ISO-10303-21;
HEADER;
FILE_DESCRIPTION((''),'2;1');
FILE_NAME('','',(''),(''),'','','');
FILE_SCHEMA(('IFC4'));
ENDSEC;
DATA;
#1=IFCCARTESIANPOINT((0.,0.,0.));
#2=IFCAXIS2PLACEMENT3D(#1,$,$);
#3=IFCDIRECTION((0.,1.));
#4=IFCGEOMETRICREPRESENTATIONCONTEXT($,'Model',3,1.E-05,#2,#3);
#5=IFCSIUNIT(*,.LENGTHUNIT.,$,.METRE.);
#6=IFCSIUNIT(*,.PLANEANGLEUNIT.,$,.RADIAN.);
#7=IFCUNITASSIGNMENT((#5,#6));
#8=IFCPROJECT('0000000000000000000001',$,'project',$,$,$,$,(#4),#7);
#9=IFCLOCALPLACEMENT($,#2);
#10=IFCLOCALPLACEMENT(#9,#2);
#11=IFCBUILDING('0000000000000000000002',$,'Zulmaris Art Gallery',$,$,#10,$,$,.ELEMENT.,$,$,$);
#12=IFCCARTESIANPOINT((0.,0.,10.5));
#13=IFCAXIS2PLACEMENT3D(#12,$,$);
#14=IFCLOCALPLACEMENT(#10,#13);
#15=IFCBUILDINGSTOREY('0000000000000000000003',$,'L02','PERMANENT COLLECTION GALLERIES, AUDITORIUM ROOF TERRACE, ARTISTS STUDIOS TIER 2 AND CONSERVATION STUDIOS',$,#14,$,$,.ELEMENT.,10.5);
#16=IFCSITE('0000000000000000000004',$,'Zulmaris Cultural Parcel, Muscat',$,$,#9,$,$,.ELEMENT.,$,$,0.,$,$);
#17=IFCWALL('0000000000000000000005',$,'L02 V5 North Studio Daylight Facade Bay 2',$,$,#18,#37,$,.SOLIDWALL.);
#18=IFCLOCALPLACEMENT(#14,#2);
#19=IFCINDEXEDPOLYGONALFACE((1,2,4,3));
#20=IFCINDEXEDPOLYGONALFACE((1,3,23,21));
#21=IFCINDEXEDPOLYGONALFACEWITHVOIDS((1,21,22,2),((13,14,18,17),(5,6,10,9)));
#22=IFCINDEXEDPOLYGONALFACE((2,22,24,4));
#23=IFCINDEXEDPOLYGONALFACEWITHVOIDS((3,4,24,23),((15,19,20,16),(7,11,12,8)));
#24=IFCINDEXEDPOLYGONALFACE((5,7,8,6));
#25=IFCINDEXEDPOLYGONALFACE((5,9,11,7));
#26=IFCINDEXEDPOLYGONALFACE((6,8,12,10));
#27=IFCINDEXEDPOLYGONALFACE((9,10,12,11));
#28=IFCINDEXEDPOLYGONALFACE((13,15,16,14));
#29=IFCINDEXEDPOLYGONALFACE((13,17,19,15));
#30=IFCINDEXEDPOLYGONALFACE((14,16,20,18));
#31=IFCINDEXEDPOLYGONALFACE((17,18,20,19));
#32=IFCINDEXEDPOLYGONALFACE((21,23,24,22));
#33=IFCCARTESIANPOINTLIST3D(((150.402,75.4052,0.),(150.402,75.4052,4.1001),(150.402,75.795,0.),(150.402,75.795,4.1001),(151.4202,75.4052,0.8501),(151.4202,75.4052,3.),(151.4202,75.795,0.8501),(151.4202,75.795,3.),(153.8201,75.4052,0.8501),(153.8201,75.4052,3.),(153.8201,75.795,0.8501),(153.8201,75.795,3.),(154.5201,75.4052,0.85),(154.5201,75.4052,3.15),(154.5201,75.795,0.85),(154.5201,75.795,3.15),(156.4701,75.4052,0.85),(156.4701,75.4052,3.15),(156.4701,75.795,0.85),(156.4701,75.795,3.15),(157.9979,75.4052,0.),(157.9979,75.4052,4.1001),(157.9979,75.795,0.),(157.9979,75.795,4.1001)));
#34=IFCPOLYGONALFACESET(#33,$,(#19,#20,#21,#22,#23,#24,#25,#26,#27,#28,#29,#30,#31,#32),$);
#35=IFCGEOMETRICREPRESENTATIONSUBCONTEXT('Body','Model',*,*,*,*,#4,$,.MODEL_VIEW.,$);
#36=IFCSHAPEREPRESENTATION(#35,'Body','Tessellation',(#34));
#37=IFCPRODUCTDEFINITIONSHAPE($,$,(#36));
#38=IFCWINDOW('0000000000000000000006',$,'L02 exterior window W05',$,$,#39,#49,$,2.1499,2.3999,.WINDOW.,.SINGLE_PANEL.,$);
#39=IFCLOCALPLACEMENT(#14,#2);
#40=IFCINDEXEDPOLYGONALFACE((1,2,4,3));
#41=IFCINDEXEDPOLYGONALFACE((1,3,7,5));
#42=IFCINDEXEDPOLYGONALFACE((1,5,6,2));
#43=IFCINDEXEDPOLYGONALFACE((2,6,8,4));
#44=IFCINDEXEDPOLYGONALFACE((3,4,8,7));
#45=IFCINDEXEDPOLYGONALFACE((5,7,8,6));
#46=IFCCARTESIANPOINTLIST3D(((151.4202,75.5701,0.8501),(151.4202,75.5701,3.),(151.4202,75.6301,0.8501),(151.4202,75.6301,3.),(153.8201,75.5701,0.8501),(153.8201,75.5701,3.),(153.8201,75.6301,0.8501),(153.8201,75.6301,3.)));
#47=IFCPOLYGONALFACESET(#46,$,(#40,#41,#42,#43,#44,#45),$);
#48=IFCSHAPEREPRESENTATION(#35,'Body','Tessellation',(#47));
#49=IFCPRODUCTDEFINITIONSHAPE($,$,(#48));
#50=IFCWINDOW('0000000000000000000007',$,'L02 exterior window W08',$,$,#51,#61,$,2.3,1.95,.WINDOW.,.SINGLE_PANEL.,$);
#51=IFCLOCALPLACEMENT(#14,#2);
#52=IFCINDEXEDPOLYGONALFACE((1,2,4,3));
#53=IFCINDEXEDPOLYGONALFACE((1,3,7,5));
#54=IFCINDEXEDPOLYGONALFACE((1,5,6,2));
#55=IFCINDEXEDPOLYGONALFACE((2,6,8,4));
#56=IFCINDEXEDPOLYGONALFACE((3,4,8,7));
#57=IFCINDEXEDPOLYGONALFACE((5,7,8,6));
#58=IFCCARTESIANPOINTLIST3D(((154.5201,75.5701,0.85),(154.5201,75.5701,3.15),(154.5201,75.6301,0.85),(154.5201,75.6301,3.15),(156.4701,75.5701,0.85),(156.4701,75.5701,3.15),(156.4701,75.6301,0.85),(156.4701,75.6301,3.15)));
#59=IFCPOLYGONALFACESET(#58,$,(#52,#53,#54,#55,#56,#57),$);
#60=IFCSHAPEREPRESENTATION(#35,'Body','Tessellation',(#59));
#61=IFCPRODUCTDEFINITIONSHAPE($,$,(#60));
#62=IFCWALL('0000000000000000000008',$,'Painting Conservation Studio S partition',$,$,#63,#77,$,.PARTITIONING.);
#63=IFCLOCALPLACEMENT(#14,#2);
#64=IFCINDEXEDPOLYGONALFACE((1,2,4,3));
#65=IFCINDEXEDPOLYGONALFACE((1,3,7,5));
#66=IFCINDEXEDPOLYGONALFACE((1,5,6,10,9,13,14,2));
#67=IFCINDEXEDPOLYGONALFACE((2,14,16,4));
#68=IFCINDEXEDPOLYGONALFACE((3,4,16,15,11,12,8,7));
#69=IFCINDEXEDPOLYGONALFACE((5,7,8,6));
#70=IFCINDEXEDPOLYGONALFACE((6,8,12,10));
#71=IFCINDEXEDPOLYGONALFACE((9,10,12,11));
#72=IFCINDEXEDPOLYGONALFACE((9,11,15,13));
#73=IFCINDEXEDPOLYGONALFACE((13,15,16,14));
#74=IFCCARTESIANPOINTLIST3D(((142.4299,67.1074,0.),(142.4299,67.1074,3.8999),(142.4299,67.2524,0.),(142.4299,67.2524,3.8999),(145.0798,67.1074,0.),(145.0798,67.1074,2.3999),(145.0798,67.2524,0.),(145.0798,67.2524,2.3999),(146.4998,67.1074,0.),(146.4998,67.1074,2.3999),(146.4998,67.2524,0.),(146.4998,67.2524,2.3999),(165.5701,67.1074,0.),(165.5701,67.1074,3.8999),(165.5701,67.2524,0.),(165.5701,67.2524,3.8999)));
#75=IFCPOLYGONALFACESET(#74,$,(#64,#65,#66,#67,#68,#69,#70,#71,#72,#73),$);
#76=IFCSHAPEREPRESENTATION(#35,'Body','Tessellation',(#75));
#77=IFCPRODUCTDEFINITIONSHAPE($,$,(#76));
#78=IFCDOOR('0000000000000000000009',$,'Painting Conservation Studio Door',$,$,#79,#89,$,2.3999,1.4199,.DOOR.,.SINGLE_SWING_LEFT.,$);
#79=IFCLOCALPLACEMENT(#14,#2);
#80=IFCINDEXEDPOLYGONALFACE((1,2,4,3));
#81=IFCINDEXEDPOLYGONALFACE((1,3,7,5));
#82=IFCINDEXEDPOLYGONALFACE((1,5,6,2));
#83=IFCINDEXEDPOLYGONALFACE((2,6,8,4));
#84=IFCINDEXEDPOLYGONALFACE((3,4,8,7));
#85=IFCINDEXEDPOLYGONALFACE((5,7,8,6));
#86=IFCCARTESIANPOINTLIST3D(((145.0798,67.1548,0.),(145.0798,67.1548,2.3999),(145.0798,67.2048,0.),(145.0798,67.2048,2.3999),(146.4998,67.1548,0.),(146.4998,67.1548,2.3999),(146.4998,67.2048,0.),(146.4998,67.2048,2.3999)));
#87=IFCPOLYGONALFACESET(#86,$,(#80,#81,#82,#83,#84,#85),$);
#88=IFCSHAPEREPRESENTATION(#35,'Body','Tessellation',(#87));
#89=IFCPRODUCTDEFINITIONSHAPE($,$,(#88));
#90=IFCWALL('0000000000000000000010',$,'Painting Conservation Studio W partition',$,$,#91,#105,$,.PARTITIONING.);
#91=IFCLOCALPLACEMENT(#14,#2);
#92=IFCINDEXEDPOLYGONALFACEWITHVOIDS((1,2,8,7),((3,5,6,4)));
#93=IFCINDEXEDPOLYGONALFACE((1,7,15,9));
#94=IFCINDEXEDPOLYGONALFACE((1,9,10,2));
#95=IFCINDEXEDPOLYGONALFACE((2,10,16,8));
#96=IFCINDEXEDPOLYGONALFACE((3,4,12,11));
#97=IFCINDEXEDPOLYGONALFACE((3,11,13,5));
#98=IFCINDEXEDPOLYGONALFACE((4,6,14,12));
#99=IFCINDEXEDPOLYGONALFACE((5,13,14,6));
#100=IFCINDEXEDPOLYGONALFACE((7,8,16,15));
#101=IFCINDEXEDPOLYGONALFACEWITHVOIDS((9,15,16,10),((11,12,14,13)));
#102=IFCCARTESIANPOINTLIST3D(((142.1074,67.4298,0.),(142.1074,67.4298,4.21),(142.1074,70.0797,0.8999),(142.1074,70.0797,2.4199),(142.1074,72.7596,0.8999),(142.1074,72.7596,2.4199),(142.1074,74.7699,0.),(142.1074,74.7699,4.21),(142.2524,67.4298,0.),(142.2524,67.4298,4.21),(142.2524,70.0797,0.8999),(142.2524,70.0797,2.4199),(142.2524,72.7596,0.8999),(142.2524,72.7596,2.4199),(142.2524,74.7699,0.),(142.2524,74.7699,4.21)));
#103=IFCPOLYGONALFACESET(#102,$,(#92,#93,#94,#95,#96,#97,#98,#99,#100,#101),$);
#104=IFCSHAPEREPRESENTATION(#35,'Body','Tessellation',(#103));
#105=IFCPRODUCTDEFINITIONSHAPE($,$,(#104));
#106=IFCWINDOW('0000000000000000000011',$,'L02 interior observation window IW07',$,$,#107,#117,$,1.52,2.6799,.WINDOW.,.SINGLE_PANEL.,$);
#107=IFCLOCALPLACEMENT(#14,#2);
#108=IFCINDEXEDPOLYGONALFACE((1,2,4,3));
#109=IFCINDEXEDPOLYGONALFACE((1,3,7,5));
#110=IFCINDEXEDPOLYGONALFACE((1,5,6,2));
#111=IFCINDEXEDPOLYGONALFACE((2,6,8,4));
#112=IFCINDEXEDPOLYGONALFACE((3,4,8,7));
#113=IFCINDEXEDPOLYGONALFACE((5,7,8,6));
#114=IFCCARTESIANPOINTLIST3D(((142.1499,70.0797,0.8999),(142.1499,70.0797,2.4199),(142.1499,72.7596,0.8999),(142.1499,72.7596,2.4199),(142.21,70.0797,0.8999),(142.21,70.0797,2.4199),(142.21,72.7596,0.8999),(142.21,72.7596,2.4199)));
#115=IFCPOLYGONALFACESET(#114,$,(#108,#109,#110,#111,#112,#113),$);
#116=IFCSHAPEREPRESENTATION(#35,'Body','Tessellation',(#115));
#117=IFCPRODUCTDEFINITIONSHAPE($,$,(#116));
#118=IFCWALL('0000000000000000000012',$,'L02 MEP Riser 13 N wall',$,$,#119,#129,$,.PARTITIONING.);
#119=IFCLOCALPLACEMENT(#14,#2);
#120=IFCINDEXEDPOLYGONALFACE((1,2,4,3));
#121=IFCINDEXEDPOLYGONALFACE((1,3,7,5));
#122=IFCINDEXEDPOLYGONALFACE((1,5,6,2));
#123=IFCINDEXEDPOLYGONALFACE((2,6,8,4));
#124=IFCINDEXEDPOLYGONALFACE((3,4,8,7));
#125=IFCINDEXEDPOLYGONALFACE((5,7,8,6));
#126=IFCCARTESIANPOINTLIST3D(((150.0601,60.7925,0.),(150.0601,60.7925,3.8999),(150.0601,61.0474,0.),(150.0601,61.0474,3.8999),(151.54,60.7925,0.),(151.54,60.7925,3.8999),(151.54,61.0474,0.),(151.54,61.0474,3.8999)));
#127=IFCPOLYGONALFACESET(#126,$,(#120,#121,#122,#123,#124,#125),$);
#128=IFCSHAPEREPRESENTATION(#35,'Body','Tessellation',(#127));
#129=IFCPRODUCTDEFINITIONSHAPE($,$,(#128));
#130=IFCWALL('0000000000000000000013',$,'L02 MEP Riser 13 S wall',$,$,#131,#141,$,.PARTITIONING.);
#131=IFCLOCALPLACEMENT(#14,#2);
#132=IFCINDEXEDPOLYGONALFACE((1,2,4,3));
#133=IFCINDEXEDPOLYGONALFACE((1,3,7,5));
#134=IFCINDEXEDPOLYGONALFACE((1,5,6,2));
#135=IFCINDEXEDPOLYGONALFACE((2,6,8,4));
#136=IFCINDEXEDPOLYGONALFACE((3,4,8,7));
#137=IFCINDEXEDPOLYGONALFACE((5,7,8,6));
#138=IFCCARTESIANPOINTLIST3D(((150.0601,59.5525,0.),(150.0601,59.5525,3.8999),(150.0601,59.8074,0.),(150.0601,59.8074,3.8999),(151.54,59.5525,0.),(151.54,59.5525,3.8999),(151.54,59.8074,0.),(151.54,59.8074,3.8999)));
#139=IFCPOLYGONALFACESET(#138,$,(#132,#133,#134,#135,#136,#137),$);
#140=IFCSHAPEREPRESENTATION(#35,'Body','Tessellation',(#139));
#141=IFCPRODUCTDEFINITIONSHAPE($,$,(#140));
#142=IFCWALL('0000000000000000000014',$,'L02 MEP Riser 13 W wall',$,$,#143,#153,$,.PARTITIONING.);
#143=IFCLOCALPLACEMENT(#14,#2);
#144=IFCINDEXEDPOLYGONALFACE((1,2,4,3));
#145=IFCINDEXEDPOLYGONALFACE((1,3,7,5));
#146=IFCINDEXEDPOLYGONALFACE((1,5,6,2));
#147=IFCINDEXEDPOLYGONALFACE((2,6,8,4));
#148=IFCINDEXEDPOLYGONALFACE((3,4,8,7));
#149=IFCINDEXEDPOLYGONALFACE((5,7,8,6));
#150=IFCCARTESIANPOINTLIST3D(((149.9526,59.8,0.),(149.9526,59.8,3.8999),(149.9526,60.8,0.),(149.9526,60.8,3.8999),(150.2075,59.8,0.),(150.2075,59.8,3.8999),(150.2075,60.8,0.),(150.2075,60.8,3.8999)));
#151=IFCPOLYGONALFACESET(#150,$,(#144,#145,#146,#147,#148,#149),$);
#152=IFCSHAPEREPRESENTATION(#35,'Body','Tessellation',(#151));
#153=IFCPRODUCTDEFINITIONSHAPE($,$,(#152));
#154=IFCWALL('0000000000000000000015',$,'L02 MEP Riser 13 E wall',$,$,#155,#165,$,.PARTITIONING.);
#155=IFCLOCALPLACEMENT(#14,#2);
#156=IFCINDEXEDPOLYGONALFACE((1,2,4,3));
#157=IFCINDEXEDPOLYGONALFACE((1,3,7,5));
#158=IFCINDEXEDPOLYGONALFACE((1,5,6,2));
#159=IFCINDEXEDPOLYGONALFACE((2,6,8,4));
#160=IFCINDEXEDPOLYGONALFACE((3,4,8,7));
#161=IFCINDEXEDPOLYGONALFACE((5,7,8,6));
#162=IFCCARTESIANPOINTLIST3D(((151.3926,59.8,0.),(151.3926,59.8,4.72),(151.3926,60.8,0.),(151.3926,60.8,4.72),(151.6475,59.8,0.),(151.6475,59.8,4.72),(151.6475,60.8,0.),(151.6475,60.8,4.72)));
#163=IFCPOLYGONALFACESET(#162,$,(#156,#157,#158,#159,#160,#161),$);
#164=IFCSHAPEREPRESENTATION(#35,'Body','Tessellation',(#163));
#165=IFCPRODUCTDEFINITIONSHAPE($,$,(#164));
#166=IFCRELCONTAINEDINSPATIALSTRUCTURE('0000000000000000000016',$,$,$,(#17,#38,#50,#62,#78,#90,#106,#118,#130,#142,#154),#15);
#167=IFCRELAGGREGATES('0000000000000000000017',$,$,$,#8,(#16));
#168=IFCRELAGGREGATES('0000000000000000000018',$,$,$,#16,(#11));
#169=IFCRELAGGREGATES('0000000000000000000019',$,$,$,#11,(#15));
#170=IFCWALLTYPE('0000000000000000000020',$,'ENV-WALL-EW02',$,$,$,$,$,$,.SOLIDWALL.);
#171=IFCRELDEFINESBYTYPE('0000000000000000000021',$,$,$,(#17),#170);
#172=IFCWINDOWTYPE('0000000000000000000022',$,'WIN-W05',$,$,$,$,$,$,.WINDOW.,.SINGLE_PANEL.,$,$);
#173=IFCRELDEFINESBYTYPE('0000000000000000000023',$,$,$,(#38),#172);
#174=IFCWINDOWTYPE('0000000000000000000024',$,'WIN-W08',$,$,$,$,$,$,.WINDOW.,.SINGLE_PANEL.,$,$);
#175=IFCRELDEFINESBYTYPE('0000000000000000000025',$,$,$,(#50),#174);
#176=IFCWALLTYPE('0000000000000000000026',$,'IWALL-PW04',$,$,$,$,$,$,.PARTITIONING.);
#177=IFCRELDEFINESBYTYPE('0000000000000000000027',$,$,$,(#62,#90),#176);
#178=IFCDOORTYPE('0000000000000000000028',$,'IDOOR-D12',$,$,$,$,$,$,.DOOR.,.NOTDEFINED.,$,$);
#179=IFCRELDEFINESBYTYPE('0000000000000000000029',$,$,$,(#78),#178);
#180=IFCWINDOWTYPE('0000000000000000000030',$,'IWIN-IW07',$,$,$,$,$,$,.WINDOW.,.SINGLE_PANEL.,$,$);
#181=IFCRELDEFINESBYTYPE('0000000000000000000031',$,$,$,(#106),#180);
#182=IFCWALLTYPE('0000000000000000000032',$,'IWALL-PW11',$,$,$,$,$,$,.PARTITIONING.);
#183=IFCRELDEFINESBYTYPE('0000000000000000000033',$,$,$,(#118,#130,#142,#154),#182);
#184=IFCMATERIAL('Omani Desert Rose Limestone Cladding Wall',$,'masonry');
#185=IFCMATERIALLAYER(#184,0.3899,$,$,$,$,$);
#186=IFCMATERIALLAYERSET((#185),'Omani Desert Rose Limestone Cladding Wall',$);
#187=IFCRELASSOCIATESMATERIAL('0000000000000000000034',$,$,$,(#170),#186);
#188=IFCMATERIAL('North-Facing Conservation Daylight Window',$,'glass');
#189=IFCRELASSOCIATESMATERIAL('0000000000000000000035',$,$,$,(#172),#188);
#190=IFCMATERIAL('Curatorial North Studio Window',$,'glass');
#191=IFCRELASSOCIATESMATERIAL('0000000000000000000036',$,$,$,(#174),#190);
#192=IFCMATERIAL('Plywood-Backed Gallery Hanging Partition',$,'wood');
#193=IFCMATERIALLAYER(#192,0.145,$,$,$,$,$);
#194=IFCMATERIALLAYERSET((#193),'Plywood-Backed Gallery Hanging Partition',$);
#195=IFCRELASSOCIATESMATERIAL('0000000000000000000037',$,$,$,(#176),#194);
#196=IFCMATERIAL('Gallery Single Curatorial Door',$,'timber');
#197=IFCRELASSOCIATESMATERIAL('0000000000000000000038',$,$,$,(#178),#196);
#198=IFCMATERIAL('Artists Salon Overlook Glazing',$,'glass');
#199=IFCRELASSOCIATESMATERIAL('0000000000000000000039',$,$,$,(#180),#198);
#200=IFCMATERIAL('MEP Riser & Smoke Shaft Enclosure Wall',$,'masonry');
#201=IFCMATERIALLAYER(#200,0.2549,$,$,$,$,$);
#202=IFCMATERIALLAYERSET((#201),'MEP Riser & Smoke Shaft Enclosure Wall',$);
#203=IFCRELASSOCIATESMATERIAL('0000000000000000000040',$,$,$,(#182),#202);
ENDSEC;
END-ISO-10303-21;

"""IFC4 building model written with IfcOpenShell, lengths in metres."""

from ifc_helpers import new_model, si_unit, direction, frame, frame_2d, origin, place, context, subcontext, project, spatial, rectangle, extrude, material, layer, layer_set, type_object, element, fill, save


model = new_model("IFC4")

# Units and contexts
model_context = context("Model", 3, precision=1e-05, world=origin(), true_north=direction((0.0, 1.0)))
body_context = subcontext(model_context, "Body", "Model", "MODEL_VIEW")
ifc_project = project(units=[si_unit("LENGTHUNIT", "METRE"), si_unit("PLANEANGLEUNIT", "RADIAN")], contexts=[model_context])

# Site, building, storey
site_placement = place(None, origin())
site = spatial("IfcSite", under=ifc_project, at=site_placement, Name="Zulmaris Cultural Parcel, Muscat", CompositionType="ELEMENT", RefElevation=0.0)
building_placement = place(site_placement, origin())
building = spatial("IfcBuilding", under=site, at=building_placement, Name="Zulmaris Art Gallery", CompositionType="ELEMENT")
storey_placement = place(building_placement, frame((0.0, 0.0, 10.5)))
storey = spatial("IfcBuildingStorey", under=building, at=storey_placement, Name="L02", Description="PERMANENT COLLECTION GALLERIES, AUDITORIUM ROOF TERRACE, ARTISTS STUDIOS TIER 2 AND CONSERVATION STUDIOS", CompositionType="ELEMENT", Elevation=10.5)

# Wall, openings, windows
ifc_material_1 = material(Name="Omani Desert Rose Limestone Cladding Wall", Category="masonry")
ifc_layer_1 = layer(ifc_material_1, 0.3899)
ifc_layer_set_1 = layer_set([ifc_layer_1], Name="Omani Desert Rose Limestone Cladding Wall")
wall_type_1 = type_object("IfcWallType", Name="ENV-WALL-EW02", PredefinedType="SOLIDWALL", material=ifc_layer_set_1)
wall_1_placement = place(storey_placement, frame((150.4021, 75.6001, 0.0), z_axis=(0.0, 0.0, 1.0), x_axis=(1.0, 0.0, 0.0)))
wall_1 = element("IfcWall", 1, at=wall_1_placement, inside=storey, type_object=wall_type_1, Name="L02 V5 North Studio Daylight Facade Bay 2", PredefinedType="SOLIDWALL", context=body_context, shape_type="SweptSolid", body=[
    extrude(rectangle(XDim=7.5959, YDim=0.3899, at=frame_2d((3.7979, 0.0))), origin(), (0.0, 0.0, 1.0), 4.1001),
])
opening_1_placement = place(wall_1_placement, frame((1.0181, 0.0, 0.8501)))
opening_1 = element("IfcOpeningElement", 2, at=opening_1_placement, cuts=wall_1, PredefinedType="OPENING", context=body_context, shape_type="SweptSolid", body=[
    extrude(rectangle(XDim=2.3999, YDim=2.1499, at=frame_2d((1.2, 1.075))), frame((0.0, 0.2048, 0.0), z_axis=(0.0, -1.0, 0.0), x_axis=(1.0, 0.0, 0.0)), (0.0, 0.0, 1.0), 0.4099),
])
opening_2_placement = place(wall_1_placement, frame((4.1179, 0.0, 0.8501)))
opening_2 = element("IfcOpeningElement", 3, at=opening_2_placement, cuts=wall_1, PredefinedType="OPENING", context=body_context, shape_type="SweptSolid", body=[
    extrude(rectangle(XDim=1.95, YDim=2.3, at=frame_2d((0.9751, 1.1499))), frame((0.0, 0.2048, 0.0), z_axis=(0.0, -1.0, 0.0), x_axis=(1.0, 0.0, 0.0)), (0.0, 0.0, 1.0), 0.4099),
])
ifc_material_2 = material(Name="North-Facing Conservation Daylight Window", Category="glass")
window_type_1 = type_object("IfcWindowType", Name="WIN-W05", PartitioningType="SINGLE_PANEL", PredefinedType="WINDOW", material=ifc_material_2)
window_1_placement = place(opening_1_placement, origin())
window_1 = element("IfcWindow", 4, at=window_1_placement, inside=storey, type_object=window_type_1, Name="L02 exterior window W05", OverallHeight=2.1499, OverallWidth=2.3999, PartitioningType="SINGLE_PANEL", PredefinedType="WINDOW", context=body_context, shape_type="SweptSolid", body=[
    extrude(rectangle(XDim=2.3999, YDim=2.1499, at=frame_2d((1.2, 1.075))), frame((0.0, 0.03, 0.0), z_axis=(0.0, -1.0, 0.0), x_axis=(1.0, 0.0, 0.0)), (0.0, 0.0, 1.0), 0.0601),
])
fill(opening_1, window_1)
ifc_material_3 = material(Name="Curatorial North Studio Window", Category="glass")
window_type_2 = type_object("IfcWindowType", Name="WIN-W08", PartitioningType="SINGLE_PANEL", PredefinedType="WINDOW", material=ifc_material_3)
window_2_placement = place(opening_2_placement, origin())
window_2 = element("IfcWindow", 5, at=window_2_placement, inside=storey, type_object=window_type_2, Name="L02 exterior window W08", OverallHeight=2.3, OverallWidth=1.95, PartitioningType="SINGLE_PANEL", PredefinedType="WINDOW", context=body_context, shape_type="SweptSolid", body=[
    extrude(rectangle(XDim=1.95, YDim=2.3, at=frame_2d((0.9751, 1.1499))), frame((0.0, 0.03, 0.0), z_axis=(0.0, -1.0, 0.0), x_axis=(1.0, 0.0, 0.0)), (0.0, 0.0, 1.0), 0.0601),
])
fill(opening_2, window_2)

# Wall, opening, door
ifc_material_4 = material(Name="Plywood-Backed Gallery Hanging Partition", Category="wood")
ifc_layer_2 = layer(ifc_material_4, 0.145)
ifc_layer_set_2 = layer_set([ifc_layer_2], Name="Plywood-Backed Gallery Hanging Partition")
wall_type_2 = type_object("IfcWallType", Name="IWALL-PW04", PredefinedType="PARTITIONING", material=ifc_layer_set_2)
wall_2_placement = place(storey_placement, frame((142.4299, 67.1799, 0.0), z_axis=(0.0, 0.0, 1.0), x_axis=(1.0, 0.0, 0.0)))
wall_2 = element("IfcWall", 6, at=wall_2_placement, inside=storey, type_object=wall_type_2, Name="Painting Conservation Studio S partition", PredefinedType="PARTITIONING", context=body_context, shape_type="SweptSolid", body=[
    extrude(rectangle(XDim=23.1401, YDim=0.145, at=frame_2d((11.5701, 0.0))), origin(), (0.0, 0.0, 1.0), 3.8999),
])
opening_3_placement = place(wall_2_placement, frame((2.6499, 0.0, 0.0)))
opening_3 = element("IfcOpeningElement", 7, at=opening_3_placement, cuts=wall_2, PredefinedType="OPENING", context=body_context, shape_type="SweptSolid", body=[
    extrude(rectangle(XDim=1.4199, YDim=2.3999, at=frame_2d((0.71, 1.2))), frame((0.0, 0.0825, 0.0), z_axis=(0.0, -1.0, 0.0), x_axis=(1.0, 0.0, 0.0)), (0.0, 0.0, 1.0), 0.165),
])
ifc_material_5 = material(Name="Gallery Single Curatorial Door", Category="timber")
door_type = type_object("IfcDoorType", Name="IDOOR-D12", OperationType="NOTDEFINED", PredefinedType="DOOR", material=ifc_material_5)
door_placement = place(opening_3_placement, origin())
door = element("IfcDoor", 8, at=door_placement, inside=storey, type_object=door_type, Name="Painting Conservation Studio Door", OperationType="SINGLE_SWING_LEFT", OverallHeight=2.3999, OverallWidth=1.4199, PredefinedType="DOOR", context=body_context, shape_type="SweptSolid", body=[
    extrude(rectangle(XDim=1.4199, YDim=2.3999, at=frame_2d((0.71, 1.2))), frame((0.0, 0.0249, 0.0), z_axis=(0.0, -1.0, 0.0), x_axis=(1.0, 0.0, 0.0)), (0.0, 0.0, 1.0), 0.05),
])
fill(opening_3, door)

# Wall, opening, window
wall_3_placement = place(storey_placement, frame((142.1799, 67.4299, 0.0), z_axis=(0.0, 0.0, 1.0), x_axis=(0.0, 1.0, 0.0)))
wall_3 = element("IfcWall", 9, at=wall_3_placement, inside=storey, type_object=wall_type_2, Name="Painting Conservation Studio W partition", PredefinedType="PARTITIONING", context=body_context, shape_type="SweptSolid", body=[
    extrude(rectangle(XDim=7.3401, YDim=0.145, at=frame_2d((3.6699, 0.0))), origin(), (0.0, 0.0, 1.0), 4.21),
])
opening_4_placement = place(wall_3_placement, frame((2.6499, 0.0, 0.8999)))
opening_4 = element("IfcOpeningElement", 10, at=opening_4_placement, cuts=wall_3, PredefinedType="OPENING", context=body_context, shape_type="SweptSolid", body=[
    extrude(rectangle(XDim=2.6799, YDim=1.52, at=frame_2d((1.3398, 0.76))), frame((0.0, 0.0825, 0.0), z_axis=(0.0, -1.0, 0.0), x_axis=(1.0, 0.0, 0.0)), (0.0, 0.0, 1.0), 0.165),
])
ifc_material_6 = material(Name="Artists Salon Overlook Glazing", Category="glass")
window_type_3 = type_object("IfcWindowType", Name="IWIN-IW07", PartitioningType="SINGLE_PANEL", PredefinedType="WINDOW", material=ifc_material_6)
window_3_placement = place(opening_4_placement, origin())
window_3 = element("IfcWindow", 11, at=window_3_placement, inside=storey, type_object=window_type_3, Name="L02 interior observation window IW07", OverallHeight=1.52, OverallWidth=2.6799, PartitioningType="SINGLE_PANEL", PredefinedType="WINDOW", context=body_context, shape_type="SweptSolid", body=[
    extrude(rectangle(XDim=2.6799, YDim=1.52, at=frame_2d((1.3398, 0.76))), frame((0.0, 0.03, 0.0), z_axis=(0.0, -1.0, 0.0), x_axis=(1.0, 0.0, 0.0)), (0.0, 0.0, 1.0), 0.0601),
])
fill(opening_4, window_3)

# Walls
ifc_material_7 = material(Name="MEP Riser & Smoke Shaft Enclosure Wall", Category="masonry")
ifc_layer_3 = layer(ifc_material_7, 0.2549)
ifc_layer_set_3 = layer_set([ifc_layer_3], Name="MEP Riser & Smoke Shaft Enclosure Wall")
wall_type_3 = type_object("IfcWallType", Name="IWALL-PW11", PredefinedType="PARTITIONING", material=ifc_layer_set_3)
for number, where, z_axis, x_axis, name in (
    (12, (150.0601, 60.9199, 0.0), (0.0, 0.0, 1.0), (1.0, 0.0, 0.0), "L02 MEP Riser 13 N wall"),
    (13, (150.0601, 59.6799, 0.0), (0.0, 0.0, 1.0), (1.0, 0.0, 0.0), "L02 MEP Riser 13 S wall"),
):
    element("IfcWall", number, at=place(storey_placement, frame(where, z_axis=z_axis, x_axis=x_axis)), inside=storey, type_object=wall_type_3, Name=name, PredefinedType="PARTITIONING", context=body_context, shape_type="SweptSolid", body=[
        extrude(rectangle(XDim=1.48, YDim=0.2549, at=frame_2d((0.74, 0.0))), origin(), (0.0, 0.0, 1.0), 3.8999),
    ])
wall_4_placement = place(storey_placement, frame((150.0801, 59.8, 0.0), z_axis=(0.0, 0.0, 1.0), x_axis=(0.0, 1.0, 0.0)))
element("IfcWall", 14, at=wall_4_placement, inside=storey, type_object=wall_type_3, Name="L02 MEP Riser 13 W wall", PredefinedType="PARTITIONING", context=body_context, shape_type="SweptSolid", body=[
    extrude(rectangle(XDim=1.0, YDim=0.2549, at=frame_2d((0.5, 0.0))), origin(), (0.0, 0.0, 1.0), 3.8999),
])
wall_5_placement = place(storey_placement, frame((151.52, 59.8, 0.0), z_axis=(0.0, 0.0, 1.0), x_axis=(0.0, 1.0, 0.0)))
element("IfcWall", 15, at=wall_5_placement, inside=storey, type_object=wall_type_3, Name="L02 MEP Riser 13 E wall", PredefinedType="PARTITIONING", context=body_context, shape_type="SweptSolid", body=[
    extrude(rectangle(XDim=1.0, YDim=0.2549, at=frame_2d((0.5, 0.0))), origin(), (0.0, 0.0, 1.0), 4.72),
])

save(model, "model.ifc")
